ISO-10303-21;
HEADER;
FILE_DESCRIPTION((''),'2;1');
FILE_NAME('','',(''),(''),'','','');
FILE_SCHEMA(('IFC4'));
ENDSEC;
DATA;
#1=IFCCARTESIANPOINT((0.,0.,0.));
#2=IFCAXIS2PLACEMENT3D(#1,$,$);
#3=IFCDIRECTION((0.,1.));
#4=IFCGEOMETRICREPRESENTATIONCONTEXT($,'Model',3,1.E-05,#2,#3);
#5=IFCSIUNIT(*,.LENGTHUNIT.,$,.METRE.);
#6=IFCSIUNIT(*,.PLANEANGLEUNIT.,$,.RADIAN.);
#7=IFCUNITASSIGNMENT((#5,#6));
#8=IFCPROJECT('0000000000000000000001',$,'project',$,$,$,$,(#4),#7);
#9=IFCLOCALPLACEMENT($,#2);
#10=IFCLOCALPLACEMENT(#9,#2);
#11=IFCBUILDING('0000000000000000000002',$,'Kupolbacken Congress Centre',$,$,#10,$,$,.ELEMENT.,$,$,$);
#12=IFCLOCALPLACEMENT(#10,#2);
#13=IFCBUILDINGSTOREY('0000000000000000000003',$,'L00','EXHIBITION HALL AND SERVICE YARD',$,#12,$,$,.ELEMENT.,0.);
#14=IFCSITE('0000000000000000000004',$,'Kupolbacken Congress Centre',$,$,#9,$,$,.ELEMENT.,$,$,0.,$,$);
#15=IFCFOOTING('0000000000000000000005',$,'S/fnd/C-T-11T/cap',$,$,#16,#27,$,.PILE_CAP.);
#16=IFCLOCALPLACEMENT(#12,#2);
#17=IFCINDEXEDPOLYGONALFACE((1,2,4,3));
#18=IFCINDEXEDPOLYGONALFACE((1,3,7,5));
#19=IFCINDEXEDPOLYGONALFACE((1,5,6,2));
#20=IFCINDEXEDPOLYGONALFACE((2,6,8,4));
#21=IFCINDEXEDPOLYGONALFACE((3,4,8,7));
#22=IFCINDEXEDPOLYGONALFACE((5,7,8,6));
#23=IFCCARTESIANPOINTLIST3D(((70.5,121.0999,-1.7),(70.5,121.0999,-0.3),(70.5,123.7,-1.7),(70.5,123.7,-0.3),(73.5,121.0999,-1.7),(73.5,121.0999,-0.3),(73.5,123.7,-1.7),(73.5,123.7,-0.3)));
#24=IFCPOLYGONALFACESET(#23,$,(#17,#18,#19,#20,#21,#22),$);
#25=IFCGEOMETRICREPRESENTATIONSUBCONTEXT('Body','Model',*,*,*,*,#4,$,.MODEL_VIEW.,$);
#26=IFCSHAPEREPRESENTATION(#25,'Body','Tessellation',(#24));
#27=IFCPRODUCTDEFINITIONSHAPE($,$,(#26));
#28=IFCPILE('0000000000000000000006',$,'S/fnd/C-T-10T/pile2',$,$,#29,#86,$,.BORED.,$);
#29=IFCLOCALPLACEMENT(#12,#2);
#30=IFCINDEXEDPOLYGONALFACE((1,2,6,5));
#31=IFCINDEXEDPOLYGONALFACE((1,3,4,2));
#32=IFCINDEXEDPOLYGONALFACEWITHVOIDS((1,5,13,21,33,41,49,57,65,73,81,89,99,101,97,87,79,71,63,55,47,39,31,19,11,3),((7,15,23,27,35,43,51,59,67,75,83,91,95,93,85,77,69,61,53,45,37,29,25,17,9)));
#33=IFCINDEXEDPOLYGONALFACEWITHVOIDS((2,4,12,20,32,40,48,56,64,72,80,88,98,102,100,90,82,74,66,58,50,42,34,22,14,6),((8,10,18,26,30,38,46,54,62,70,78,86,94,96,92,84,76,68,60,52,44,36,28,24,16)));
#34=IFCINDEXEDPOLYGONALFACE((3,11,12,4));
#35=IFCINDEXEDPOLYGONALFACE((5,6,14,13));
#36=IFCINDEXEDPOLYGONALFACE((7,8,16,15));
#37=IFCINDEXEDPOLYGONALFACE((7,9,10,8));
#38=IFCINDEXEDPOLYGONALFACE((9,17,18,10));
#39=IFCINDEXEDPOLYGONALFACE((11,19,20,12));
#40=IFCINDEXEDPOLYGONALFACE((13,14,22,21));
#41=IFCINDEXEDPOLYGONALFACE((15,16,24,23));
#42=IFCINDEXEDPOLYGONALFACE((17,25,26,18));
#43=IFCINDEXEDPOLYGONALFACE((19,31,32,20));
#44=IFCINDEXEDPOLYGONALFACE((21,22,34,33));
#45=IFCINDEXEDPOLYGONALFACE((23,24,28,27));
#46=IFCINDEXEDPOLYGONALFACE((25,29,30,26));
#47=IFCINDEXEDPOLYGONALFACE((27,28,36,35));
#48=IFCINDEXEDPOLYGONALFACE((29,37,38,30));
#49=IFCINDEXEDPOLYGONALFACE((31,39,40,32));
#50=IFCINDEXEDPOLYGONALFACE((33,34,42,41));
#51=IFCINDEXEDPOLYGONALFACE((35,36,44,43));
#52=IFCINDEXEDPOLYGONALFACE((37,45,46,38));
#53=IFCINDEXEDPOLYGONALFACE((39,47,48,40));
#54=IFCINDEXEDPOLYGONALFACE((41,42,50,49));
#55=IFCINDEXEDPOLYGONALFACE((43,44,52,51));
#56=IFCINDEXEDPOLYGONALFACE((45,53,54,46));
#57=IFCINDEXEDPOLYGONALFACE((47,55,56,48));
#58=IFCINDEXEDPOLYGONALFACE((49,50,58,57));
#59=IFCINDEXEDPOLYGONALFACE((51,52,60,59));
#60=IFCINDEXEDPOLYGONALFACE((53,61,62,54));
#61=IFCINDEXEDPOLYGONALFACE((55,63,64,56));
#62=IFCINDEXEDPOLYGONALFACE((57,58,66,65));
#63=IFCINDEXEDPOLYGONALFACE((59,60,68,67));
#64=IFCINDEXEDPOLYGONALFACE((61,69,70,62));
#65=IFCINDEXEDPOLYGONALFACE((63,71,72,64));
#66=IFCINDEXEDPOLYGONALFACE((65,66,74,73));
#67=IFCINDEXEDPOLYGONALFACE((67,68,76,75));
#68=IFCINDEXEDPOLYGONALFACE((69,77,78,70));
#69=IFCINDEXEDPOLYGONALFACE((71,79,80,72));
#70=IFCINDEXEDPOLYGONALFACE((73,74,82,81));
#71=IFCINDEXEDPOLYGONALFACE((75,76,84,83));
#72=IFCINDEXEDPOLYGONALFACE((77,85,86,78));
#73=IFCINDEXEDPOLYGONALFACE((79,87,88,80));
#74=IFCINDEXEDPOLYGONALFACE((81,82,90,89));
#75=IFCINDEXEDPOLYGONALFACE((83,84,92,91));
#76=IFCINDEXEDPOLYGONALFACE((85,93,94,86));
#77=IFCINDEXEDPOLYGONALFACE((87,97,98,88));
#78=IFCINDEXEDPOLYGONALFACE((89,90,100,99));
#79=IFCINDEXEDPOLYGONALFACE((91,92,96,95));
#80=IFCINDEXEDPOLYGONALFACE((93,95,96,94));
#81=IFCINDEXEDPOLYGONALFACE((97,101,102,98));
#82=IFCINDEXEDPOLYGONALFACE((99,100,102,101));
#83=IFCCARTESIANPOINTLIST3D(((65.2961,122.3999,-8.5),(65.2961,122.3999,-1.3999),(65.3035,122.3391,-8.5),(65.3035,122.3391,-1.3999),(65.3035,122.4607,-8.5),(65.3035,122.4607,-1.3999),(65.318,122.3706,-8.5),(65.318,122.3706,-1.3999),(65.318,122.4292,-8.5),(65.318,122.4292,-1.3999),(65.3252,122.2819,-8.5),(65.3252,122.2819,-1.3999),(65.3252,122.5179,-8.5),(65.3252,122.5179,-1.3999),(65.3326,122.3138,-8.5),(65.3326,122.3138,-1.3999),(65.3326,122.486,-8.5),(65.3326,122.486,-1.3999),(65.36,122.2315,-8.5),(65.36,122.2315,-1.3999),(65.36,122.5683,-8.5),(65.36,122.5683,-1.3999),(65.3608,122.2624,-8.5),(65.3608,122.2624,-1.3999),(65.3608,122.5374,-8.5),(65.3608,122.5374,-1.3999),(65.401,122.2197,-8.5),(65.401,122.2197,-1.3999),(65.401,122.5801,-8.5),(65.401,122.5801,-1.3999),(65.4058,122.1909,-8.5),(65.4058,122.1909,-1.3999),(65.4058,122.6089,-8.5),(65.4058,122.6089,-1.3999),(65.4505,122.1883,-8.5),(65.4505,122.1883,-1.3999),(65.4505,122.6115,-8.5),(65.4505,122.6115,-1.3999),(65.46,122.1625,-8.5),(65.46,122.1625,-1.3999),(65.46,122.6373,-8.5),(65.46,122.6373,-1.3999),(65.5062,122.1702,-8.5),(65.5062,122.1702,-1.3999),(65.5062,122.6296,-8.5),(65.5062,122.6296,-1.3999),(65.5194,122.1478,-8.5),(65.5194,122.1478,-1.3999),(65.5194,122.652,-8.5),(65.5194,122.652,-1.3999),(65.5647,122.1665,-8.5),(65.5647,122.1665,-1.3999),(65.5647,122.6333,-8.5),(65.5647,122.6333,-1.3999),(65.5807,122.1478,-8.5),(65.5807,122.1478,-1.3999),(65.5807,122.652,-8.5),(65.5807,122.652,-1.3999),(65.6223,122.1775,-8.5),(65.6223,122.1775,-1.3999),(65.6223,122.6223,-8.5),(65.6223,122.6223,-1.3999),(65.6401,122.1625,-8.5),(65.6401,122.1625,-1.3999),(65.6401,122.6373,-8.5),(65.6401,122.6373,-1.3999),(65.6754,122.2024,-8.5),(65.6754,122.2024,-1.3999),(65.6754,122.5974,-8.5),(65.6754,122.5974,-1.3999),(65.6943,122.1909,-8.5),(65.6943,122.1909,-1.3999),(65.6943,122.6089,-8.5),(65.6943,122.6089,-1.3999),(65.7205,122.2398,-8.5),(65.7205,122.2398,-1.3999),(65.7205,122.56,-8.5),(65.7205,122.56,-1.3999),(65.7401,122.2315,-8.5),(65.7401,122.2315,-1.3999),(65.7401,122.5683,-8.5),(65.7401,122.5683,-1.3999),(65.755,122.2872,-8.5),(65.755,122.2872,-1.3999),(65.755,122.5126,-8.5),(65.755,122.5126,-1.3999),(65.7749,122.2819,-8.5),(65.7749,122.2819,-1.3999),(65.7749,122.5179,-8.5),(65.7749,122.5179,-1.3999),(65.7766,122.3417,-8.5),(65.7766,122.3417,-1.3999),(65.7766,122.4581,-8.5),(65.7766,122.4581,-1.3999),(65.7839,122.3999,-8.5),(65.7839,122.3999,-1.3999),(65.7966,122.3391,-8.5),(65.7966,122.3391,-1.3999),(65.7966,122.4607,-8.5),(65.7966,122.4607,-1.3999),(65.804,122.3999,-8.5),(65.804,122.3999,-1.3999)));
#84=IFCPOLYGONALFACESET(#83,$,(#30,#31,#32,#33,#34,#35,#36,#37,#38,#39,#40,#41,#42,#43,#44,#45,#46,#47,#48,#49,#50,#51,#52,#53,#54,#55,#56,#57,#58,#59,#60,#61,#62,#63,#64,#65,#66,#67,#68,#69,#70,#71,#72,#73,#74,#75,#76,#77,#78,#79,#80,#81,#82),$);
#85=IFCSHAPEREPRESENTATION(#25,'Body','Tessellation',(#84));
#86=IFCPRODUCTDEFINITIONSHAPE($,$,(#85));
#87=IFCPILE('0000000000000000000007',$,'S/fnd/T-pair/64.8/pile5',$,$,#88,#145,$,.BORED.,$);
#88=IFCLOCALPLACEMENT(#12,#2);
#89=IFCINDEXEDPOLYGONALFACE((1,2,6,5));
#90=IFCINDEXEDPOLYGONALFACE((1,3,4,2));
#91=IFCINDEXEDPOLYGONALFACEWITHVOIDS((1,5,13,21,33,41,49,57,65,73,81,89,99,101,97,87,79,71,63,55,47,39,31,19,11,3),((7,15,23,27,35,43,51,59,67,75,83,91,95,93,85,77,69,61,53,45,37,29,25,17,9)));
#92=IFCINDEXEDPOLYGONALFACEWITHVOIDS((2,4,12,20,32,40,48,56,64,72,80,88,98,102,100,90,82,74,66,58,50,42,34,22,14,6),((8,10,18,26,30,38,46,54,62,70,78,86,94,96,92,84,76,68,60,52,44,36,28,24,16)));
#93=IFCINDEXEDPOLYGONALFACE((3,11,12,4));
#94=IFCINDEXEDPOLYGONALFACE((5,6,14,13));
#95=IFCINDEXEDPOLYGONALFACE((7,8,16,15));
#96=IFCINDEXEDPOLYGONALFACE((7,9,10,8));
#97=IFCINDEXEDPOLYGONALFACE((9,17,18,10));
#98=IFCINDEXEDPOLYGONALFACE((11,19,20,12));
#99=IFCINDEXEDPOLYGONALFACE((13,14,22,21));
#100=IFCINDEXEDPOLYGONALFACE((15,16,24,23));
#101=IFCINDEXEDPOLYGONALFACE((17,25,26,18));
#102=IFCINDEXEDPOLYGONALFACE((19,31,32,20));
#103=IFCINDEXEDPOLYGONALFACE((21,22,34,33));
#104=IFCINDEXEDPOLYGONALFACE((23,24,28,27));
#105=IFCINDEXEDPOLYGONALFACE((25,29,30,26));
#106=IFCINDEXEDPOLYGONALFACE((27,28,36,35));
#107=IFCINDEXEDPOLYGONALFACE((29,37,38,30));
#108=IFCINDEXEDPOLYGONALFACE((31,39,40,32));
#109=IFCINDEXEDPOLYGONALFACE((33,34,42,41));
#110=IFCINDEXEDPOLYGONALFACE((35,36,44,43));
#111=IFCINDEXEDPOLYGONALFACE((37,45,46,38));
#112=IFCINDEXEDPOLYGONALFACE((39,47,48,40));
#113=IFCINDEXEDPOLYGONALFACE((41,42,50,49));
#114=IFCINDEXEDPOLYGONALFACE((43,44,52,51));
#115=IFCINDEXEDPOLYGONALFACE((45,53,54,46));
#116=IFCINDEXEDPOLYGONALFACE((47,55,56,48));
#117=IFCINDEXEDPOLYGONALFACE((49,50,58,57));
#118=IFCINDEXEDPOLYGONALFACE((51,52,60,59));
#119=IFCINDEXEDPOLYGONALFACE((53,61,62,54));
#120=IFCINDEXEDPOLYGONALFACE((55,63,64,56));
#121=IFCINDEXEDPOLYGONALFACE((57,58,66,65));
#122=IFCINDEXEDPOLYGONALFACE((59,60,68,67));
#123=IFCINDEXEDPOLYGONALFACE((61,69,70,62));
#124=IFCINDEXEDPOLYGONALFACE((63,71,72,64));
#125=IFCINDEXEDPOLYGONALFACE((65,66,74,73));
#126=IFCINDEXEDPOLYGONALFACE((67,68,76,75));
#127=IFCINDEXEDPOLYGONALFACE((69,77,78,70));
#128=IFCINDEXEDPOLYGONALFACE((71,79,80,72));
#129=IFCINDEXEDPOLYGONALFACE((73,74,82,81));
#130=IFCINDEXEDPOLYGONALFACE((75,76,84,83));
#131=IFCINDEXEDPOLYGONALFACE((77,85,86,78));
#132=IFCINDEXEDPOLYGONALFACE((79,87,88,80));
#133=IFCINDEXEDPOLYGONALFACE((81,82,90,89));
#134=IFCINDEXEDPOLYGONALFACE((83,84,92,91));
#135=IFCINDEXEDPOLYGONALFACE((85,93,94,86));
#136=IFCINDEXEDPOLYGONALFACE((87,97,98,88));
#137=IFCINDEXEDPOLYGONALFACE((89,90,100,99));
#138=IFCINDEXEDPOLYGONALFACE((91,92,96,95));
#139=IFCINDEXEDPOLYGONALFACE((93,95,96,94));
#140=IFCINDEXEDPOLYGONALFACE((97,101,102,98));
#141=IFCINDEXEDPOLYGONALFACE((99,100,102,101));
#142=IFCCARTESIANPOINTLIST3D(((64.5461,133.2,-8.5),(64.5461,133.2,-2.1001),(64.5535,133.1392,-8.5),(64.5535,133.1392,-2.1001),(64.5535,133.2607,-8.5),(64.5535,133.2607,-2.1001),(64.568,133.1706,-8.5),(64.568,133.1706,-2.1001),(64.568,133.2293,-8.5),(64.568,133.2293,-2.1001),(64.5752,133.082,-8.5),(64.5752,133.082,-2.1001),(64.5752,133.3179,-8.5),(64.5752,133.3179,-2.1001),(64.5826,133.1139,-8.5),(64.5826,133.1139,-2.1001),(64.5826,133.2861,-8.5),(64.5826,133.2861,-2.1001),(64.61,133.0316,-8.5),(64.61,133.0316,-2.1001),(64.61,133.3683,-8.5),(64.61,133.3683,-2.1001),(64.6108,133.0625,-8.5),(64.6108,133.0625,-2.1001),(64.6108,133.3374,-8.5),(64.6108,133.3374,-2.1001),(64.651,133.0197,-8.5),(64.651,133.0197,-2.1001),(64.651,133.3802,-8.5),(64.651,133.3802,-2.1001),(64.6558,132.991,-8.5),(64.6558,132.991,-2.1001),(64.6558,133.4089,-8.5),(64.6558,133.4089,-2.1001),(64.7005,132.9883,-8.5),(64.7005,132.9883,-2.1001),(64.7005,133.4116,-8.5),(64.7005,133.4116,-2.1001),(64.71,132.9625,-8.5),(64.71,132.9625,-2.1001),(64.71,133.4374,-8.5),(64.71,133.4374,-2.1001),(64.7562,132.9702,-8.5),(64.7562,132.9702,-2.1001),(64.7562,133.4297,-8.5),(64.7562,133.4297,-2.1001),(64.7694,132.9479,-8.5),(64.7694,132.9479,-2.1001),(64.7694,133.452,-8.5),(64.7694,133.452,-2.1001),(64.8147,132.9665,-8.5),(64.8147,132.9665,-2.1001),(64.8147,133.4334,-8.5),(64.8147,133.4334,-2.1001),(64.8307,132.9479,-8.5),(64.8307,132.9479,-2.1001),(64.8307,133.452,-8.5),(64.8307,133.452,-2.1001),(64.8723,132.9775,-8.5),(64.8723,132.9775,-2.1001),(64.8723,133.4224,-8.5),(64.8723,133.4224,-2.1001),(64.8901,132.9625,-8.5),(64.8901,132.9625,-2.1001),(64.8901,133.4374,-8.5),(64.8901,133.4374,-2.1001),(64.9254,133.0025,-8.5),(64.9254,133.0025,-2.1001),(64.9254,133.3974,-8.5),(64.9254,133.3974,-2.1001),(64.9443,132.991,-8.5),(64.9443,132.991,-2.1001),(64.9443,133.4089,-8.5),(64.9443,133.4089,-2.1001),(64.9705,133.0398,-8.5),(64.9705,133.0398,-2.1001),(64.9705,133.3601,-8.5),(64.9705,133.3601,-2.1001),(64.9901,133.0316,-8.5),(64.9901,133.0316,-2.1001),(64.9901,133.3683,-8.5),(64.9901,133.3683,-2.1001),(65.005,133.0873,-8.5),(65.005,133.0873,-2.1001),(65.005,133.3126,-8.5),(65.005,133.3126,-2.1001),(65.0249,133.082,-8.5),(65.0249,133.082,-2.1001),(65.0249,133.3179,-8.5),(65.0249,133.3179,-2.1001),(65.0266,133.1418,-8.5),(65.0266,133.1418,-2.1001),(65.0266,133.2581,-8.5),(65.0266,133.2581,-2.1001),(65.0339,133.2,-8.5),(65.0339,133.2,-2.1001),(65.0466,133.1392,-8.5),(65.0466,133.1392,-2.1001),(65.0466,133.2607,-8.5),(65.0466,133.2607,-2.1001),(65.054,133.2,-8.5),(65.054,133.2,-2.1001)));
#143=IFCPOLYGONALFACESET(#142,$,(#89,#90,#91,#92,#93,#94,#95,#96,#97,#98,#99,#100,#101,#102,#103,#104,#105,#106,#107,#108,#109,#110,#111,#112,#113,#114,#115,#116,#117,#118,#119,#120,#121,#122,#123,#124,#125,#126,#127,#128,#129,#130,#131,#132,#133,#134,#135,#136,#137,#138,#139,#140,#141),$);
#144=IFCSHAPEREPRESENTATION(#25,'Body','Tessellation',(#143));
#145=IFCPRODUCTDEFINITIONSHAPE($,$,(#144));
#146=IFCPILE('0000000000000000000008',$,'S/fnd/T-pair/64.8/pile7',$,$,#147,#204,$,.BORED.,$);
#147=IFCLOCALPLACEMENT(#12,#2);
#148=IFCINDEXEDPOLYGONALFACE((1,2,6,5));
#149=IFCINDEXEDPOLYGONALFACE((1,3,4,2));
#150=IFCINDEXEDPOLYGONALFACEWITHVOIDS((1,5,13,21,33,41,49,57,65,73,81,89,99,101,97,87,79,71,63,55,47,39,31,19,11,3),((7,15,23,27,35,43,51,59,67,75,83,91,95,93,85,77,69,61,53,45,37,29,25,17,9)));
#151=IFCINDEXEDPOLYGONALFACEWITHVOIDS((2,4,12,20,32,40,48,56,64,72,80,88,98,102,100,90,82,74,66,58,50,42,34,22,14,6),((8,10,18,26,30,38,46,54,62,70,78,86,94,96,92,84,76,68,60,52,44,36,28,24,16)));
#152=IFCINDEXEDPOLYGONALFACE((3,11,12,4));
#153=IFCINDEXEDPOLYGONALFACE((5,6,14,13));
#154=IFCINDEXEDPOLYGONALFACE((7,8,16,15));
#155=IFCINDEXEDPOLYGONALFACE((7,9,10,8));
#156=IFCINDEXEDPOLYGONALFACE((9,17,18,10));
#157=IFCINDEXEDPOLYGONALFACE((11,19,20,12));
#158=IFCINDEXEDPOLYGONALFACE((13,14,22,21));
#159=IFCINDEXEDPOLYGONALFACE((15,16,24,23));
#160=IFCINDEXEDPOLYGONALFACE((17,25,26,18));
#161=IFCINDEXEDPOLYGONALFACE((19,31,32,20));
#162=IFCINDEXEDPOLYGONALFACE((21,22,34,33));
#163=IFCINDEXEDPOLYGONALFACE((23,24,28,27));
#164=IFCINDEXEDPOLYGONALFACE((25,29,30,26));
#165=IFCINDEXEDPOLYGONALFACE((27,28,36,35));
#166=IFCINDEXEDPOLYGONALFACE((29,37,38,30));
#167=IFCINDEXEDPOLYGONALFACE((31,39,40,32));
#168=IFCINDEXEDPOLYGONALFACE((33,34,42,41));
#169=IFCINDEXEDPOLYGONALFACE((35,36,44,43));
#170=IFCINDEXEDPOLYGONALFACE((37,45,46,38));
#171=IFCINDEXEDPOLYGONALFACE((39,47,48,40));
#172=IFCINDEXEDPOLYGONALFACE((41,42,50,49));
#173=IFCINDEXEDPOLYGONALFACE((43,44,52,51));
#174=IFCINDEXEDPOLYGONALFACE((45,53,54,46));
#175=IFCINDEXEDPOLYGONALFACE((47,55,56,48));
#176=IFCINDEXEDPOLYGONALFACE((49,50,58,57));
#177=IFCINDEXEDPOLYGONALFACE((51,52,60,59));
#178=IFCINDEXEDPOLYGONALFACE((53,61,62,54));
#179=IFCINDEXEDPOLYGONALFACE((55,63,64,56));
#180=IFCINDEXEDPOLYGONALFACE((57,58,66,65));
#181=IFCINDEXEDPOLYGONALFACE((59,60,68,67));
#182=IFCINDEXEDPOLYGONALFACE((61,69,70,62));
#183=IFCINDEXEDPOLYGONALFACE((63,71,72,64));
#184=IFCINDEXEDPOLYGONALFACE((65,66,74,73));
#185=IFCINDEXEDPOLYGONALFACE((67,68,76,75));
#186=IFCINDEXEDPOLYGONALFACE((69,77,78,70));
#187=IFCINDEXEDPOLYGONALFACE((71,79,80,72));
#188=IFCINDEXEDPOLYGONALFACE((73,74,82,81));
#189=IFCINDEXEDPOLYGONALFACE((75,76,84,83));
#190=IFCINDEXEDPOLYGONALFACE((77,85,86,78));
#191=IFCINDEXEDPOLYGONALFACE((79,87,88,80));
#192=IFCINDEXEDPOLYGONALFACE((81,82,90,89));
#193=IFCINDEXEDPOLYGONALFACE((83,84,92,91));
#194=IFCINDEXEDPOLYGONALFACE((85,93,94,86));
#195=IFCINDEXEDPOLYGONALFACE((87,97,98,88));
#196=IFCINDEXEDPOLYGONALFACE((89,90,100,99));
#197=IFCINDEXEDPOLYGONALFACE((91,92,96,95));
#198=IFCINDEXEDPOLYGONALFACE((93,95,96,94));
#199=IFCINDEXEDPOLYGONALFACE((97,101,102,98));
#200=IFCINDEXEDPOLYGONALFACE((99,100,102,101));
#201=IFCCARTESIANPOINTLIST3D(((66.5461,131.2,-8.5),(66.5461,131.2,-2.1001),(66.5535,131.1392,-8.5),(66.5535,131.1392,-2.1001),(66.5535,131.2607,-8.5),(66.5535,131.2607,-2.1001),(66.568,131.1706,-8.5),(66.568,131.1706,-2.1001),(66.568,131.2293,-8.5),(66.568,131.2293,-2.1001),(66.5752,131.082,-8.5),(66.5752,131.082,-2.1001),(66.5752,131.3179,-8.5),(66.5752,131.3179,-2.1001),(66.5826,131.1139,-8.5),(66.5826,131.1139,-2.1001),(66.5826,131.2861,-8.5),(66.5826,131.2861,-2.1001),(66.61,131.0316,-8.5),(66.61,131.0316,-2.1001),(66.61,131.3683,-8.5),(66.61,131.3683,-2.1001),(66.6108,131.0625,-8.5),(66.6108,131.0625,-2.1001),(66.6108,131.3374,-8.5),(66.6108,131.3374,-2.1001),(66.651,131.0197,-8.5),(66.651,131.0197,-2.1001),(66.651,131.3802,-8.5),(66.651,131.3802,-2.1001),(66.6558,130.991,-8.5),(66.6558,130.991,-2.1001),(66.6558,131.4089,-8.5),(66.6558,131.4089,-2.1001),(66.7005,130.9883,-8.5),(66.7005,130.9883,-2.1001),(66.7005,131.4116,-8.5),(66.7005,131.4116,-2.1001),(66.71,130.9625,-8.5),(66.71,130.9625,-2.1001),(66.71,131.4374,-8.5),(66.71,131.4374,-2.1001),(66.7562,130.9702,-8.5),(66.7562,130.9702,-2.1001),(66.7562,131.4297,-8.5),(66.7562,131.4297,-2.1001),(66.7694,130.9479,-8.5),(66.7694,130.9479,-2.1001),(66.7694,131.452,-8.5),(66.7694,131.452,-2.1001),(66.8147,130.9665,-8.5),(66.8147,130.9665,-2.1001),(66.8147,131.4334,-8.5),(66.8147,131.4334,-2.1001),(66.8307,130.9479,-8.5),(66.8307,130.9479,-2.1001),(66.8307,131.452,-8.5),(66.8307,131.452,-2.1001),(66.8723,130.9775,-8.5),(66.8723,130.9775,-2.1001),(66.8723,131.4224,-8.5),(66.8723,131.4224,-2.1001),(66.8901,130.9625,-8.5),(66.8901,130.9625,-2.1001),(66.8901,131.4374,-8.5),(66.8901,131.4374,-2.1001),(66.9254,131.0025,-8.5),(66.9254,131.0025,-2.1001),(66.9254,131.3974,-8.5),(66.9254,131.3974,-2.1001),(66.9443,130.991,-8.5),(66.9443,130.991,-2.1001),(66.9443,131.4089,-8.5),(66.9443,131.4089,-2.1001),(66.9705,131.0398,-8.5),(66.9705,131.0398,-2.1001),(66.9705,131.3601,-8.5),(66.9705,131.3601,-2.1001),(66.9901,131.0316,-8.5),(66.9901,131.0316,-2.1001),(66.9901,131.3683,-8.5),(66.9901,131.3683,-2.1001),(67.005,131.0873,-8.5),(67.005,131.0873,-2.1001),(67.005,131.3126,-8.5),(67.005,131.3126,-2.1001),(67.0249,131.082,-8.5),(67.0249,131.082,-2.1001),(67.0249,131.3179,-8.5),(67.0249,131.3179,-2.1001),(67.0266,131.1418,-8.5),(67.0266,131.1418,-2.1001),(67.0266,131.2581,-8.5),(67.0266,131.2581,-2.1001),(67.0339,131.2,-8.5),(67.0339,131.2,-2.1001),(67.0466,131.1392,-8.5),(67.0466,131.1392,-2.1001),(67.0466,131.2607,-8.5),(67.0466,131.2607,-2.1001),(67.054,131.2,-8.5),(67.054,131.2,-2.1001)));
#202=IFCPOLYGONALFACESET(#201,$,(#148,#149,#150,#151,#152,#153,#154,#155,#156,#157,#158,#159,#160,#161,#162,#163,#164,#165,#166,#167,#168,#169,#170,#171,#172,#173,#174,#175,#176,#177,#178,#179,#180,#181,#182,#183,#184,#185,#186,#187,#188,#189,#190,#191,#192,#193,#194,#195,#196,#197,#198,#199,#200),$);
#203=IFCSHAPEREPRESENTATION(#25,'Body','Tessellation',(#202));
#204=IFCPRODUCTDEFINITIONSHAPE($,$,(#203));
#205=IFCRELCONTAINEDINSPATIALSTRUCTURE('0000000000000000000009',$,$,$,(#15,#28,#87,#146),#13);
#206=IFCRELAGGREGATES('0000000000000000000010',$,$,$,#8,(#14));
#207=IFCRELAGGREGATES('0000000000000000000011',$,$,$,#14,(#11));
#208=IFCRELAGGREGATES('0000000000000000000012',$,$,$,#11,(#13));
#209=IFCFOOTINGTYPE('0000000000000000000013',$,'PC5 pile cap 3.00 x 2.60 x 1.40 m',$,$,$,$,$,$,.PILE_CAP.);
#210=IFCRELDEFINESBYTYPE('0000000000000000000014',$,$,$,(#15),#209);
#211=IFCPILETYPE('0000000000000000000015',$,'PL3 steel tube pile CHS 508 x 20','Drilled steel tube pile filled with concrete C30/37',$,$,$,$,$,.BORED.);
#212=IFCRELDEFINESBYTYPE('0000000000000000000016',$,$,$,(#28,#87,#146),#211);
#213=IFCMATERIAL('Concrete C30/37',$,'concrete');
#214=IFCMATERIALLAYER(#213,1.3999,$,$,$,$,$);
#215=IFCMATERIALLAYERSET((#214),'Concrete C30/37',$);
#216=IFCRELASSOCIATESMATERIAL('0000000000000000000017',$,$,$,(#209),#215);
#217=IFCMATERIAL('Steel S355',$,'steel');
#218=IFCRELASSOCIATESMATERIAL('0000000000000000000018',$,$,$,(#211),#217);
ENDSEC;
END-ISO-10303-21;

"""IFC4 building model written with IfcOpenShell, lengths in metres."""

from ifc_helpers import new_model, si_unit, direction, frame, origin, origin_2d, place, context, subcontext, project, spatial, rectangle, hollow_circle, extrude, material, layer, layer_set, material_profile, profile_set, type_object, element, save


model = new_model("IFC4")

# Units and contexts
model_context = context("Model", 3, precision=1e-05, world=origin(), true_north=direction((0.0, 1.0)))
body_context = subcontext(model_context, "Body", "Model", "MODEL_VIEW")
ifc_project = project(units=[si_unit("LENGTHUNIT", "METRE"), si_unit("PLANEANGLEUNIT", "RADIAN")], contexts=[model_context])

# Site, building, storey
site_placement = place(None, origin())
site = spatial("IfcSite", under=ifc_project, at=site_placement, Name="Kupolbacken Congress Centre", CompositionType="ELEMENT", RefElevation=0.0)
building_placement = place(site_placement, origin())
building = spatial("IfcBuilding", under=site, at=building_placement, Name="Kupolbacken Congress Centre", CompositionType="ELEMENT")
storey_placement = place(building_placement, origin())
storey = spatial("IfcBuildingStorey", under=building, at=storey_placement, Name="L00", Description="EXHIBITION HALL AND SERVICE YARD", CompositionType="ELEMENT", Elevation=0.0)

# Footing
ifc_material_1 = material(Name="Concrete C30/37", Category="concrete")
ifc_layer_1 = layer(ifc_material_1, 1.3999)
ifc_layer_set_1 = layer_set([ifc_layer_1], Name="Concrete C30/37")
footing_type_1 = type_object("IfcFootingType", Name="PC5 pile cap 3.00 x 2.60 x 1.40 m", PredefinedType="PILE_CAP", material=ifc_layer_set_1)
footing_1_placement = place(storey_placement, frame((72.0, 122.3999, -1.7), z_axis=(0.0, 0.0, 1.0), x_axis=(1.0, 0.0, 0.0)))
element("IfcFooting", 1, at=footing_1_placement, inside=storey, type_object=footing_type_1, Name="S/fnd/C-T-11T/cap", PredefinedType="PILE_CAP", context=body_context, shape_type="SweptSolid", body=[
    extrude(rectangle(XDim=3.0, YDim=2.6001, at=origin_2d()), origin(), (0.0, 0.0, 1.0), 1.3999),
])

# Piles
ifc_material_2 = material(Name="Steel S355", Category="steel")
ifc_material_profile_1 = material_profile(ifc_material_2, hollow_circle(Radius=0.2539, WallThickness=0.02, at=origin_2d()), Name="CHS 508 x 20")
ifc_profile_set_1 = profile_set([ifc_material_profile_1], Name="Steel S355")
pile_type = type_object("IfcPileType", Name="PL3 steel tube pile CHS 508 x 20", Description="Drilled steel tube pile filled with concrete C30/37", PredefinedType="BORED", material=ifc_profile_set_1)
pile_placement = place(storey_placement, frame((65.55, 122.3999, -1.3999), z_axis=(0.0, 0.0, -1.0), x_axis=(1.0, 0.0, 0.0)))
element("IfcPile", 2, at=pile_placement, inside=storey, type_object=pile_type, Name="S/fnd/C-T-10T/pile2", PredefinedType="BORED", context=body_context, shape_type="SweptSolid", body=[
    extrude(hollow_circle(Radius=0.2539, WallThickness=0.02, at=origin_2d()), origin(), (0.0, 0.0, 1.0), 7.1001),
])
for number, where, z_axis, x_axis, name in (
    (3, (64.8, 133.2, -2.1001), (0.0, 0.0, -1.0), (1.0, 0.0, 0.0), "S/fnd/T-pair/64.8/pile5"),
    (4, (66.8, 131.2, -2.1001), (0.0, 0.0, -1.0), (1.0, 0.0, 0.0), "S/fnd/T-pair/64.8/pile7"),
):
    element("IfcPile", number, at=place(storey_placement, frame(where, z_axis=z_axis, x_axis=x_axis)), inside=storey, type_object=pile_type, Name=name, PredefinedType="BORED", context=body_context, shape_type="SweptSolid", body=[
        extrude(hollow_circle(Radius=0.2539, WallThickness=0.02, at=origin_2d()), origin(), (0.0, 0.0, 1.0), 6.3999),
    ])

save(model, "model.ifc")
